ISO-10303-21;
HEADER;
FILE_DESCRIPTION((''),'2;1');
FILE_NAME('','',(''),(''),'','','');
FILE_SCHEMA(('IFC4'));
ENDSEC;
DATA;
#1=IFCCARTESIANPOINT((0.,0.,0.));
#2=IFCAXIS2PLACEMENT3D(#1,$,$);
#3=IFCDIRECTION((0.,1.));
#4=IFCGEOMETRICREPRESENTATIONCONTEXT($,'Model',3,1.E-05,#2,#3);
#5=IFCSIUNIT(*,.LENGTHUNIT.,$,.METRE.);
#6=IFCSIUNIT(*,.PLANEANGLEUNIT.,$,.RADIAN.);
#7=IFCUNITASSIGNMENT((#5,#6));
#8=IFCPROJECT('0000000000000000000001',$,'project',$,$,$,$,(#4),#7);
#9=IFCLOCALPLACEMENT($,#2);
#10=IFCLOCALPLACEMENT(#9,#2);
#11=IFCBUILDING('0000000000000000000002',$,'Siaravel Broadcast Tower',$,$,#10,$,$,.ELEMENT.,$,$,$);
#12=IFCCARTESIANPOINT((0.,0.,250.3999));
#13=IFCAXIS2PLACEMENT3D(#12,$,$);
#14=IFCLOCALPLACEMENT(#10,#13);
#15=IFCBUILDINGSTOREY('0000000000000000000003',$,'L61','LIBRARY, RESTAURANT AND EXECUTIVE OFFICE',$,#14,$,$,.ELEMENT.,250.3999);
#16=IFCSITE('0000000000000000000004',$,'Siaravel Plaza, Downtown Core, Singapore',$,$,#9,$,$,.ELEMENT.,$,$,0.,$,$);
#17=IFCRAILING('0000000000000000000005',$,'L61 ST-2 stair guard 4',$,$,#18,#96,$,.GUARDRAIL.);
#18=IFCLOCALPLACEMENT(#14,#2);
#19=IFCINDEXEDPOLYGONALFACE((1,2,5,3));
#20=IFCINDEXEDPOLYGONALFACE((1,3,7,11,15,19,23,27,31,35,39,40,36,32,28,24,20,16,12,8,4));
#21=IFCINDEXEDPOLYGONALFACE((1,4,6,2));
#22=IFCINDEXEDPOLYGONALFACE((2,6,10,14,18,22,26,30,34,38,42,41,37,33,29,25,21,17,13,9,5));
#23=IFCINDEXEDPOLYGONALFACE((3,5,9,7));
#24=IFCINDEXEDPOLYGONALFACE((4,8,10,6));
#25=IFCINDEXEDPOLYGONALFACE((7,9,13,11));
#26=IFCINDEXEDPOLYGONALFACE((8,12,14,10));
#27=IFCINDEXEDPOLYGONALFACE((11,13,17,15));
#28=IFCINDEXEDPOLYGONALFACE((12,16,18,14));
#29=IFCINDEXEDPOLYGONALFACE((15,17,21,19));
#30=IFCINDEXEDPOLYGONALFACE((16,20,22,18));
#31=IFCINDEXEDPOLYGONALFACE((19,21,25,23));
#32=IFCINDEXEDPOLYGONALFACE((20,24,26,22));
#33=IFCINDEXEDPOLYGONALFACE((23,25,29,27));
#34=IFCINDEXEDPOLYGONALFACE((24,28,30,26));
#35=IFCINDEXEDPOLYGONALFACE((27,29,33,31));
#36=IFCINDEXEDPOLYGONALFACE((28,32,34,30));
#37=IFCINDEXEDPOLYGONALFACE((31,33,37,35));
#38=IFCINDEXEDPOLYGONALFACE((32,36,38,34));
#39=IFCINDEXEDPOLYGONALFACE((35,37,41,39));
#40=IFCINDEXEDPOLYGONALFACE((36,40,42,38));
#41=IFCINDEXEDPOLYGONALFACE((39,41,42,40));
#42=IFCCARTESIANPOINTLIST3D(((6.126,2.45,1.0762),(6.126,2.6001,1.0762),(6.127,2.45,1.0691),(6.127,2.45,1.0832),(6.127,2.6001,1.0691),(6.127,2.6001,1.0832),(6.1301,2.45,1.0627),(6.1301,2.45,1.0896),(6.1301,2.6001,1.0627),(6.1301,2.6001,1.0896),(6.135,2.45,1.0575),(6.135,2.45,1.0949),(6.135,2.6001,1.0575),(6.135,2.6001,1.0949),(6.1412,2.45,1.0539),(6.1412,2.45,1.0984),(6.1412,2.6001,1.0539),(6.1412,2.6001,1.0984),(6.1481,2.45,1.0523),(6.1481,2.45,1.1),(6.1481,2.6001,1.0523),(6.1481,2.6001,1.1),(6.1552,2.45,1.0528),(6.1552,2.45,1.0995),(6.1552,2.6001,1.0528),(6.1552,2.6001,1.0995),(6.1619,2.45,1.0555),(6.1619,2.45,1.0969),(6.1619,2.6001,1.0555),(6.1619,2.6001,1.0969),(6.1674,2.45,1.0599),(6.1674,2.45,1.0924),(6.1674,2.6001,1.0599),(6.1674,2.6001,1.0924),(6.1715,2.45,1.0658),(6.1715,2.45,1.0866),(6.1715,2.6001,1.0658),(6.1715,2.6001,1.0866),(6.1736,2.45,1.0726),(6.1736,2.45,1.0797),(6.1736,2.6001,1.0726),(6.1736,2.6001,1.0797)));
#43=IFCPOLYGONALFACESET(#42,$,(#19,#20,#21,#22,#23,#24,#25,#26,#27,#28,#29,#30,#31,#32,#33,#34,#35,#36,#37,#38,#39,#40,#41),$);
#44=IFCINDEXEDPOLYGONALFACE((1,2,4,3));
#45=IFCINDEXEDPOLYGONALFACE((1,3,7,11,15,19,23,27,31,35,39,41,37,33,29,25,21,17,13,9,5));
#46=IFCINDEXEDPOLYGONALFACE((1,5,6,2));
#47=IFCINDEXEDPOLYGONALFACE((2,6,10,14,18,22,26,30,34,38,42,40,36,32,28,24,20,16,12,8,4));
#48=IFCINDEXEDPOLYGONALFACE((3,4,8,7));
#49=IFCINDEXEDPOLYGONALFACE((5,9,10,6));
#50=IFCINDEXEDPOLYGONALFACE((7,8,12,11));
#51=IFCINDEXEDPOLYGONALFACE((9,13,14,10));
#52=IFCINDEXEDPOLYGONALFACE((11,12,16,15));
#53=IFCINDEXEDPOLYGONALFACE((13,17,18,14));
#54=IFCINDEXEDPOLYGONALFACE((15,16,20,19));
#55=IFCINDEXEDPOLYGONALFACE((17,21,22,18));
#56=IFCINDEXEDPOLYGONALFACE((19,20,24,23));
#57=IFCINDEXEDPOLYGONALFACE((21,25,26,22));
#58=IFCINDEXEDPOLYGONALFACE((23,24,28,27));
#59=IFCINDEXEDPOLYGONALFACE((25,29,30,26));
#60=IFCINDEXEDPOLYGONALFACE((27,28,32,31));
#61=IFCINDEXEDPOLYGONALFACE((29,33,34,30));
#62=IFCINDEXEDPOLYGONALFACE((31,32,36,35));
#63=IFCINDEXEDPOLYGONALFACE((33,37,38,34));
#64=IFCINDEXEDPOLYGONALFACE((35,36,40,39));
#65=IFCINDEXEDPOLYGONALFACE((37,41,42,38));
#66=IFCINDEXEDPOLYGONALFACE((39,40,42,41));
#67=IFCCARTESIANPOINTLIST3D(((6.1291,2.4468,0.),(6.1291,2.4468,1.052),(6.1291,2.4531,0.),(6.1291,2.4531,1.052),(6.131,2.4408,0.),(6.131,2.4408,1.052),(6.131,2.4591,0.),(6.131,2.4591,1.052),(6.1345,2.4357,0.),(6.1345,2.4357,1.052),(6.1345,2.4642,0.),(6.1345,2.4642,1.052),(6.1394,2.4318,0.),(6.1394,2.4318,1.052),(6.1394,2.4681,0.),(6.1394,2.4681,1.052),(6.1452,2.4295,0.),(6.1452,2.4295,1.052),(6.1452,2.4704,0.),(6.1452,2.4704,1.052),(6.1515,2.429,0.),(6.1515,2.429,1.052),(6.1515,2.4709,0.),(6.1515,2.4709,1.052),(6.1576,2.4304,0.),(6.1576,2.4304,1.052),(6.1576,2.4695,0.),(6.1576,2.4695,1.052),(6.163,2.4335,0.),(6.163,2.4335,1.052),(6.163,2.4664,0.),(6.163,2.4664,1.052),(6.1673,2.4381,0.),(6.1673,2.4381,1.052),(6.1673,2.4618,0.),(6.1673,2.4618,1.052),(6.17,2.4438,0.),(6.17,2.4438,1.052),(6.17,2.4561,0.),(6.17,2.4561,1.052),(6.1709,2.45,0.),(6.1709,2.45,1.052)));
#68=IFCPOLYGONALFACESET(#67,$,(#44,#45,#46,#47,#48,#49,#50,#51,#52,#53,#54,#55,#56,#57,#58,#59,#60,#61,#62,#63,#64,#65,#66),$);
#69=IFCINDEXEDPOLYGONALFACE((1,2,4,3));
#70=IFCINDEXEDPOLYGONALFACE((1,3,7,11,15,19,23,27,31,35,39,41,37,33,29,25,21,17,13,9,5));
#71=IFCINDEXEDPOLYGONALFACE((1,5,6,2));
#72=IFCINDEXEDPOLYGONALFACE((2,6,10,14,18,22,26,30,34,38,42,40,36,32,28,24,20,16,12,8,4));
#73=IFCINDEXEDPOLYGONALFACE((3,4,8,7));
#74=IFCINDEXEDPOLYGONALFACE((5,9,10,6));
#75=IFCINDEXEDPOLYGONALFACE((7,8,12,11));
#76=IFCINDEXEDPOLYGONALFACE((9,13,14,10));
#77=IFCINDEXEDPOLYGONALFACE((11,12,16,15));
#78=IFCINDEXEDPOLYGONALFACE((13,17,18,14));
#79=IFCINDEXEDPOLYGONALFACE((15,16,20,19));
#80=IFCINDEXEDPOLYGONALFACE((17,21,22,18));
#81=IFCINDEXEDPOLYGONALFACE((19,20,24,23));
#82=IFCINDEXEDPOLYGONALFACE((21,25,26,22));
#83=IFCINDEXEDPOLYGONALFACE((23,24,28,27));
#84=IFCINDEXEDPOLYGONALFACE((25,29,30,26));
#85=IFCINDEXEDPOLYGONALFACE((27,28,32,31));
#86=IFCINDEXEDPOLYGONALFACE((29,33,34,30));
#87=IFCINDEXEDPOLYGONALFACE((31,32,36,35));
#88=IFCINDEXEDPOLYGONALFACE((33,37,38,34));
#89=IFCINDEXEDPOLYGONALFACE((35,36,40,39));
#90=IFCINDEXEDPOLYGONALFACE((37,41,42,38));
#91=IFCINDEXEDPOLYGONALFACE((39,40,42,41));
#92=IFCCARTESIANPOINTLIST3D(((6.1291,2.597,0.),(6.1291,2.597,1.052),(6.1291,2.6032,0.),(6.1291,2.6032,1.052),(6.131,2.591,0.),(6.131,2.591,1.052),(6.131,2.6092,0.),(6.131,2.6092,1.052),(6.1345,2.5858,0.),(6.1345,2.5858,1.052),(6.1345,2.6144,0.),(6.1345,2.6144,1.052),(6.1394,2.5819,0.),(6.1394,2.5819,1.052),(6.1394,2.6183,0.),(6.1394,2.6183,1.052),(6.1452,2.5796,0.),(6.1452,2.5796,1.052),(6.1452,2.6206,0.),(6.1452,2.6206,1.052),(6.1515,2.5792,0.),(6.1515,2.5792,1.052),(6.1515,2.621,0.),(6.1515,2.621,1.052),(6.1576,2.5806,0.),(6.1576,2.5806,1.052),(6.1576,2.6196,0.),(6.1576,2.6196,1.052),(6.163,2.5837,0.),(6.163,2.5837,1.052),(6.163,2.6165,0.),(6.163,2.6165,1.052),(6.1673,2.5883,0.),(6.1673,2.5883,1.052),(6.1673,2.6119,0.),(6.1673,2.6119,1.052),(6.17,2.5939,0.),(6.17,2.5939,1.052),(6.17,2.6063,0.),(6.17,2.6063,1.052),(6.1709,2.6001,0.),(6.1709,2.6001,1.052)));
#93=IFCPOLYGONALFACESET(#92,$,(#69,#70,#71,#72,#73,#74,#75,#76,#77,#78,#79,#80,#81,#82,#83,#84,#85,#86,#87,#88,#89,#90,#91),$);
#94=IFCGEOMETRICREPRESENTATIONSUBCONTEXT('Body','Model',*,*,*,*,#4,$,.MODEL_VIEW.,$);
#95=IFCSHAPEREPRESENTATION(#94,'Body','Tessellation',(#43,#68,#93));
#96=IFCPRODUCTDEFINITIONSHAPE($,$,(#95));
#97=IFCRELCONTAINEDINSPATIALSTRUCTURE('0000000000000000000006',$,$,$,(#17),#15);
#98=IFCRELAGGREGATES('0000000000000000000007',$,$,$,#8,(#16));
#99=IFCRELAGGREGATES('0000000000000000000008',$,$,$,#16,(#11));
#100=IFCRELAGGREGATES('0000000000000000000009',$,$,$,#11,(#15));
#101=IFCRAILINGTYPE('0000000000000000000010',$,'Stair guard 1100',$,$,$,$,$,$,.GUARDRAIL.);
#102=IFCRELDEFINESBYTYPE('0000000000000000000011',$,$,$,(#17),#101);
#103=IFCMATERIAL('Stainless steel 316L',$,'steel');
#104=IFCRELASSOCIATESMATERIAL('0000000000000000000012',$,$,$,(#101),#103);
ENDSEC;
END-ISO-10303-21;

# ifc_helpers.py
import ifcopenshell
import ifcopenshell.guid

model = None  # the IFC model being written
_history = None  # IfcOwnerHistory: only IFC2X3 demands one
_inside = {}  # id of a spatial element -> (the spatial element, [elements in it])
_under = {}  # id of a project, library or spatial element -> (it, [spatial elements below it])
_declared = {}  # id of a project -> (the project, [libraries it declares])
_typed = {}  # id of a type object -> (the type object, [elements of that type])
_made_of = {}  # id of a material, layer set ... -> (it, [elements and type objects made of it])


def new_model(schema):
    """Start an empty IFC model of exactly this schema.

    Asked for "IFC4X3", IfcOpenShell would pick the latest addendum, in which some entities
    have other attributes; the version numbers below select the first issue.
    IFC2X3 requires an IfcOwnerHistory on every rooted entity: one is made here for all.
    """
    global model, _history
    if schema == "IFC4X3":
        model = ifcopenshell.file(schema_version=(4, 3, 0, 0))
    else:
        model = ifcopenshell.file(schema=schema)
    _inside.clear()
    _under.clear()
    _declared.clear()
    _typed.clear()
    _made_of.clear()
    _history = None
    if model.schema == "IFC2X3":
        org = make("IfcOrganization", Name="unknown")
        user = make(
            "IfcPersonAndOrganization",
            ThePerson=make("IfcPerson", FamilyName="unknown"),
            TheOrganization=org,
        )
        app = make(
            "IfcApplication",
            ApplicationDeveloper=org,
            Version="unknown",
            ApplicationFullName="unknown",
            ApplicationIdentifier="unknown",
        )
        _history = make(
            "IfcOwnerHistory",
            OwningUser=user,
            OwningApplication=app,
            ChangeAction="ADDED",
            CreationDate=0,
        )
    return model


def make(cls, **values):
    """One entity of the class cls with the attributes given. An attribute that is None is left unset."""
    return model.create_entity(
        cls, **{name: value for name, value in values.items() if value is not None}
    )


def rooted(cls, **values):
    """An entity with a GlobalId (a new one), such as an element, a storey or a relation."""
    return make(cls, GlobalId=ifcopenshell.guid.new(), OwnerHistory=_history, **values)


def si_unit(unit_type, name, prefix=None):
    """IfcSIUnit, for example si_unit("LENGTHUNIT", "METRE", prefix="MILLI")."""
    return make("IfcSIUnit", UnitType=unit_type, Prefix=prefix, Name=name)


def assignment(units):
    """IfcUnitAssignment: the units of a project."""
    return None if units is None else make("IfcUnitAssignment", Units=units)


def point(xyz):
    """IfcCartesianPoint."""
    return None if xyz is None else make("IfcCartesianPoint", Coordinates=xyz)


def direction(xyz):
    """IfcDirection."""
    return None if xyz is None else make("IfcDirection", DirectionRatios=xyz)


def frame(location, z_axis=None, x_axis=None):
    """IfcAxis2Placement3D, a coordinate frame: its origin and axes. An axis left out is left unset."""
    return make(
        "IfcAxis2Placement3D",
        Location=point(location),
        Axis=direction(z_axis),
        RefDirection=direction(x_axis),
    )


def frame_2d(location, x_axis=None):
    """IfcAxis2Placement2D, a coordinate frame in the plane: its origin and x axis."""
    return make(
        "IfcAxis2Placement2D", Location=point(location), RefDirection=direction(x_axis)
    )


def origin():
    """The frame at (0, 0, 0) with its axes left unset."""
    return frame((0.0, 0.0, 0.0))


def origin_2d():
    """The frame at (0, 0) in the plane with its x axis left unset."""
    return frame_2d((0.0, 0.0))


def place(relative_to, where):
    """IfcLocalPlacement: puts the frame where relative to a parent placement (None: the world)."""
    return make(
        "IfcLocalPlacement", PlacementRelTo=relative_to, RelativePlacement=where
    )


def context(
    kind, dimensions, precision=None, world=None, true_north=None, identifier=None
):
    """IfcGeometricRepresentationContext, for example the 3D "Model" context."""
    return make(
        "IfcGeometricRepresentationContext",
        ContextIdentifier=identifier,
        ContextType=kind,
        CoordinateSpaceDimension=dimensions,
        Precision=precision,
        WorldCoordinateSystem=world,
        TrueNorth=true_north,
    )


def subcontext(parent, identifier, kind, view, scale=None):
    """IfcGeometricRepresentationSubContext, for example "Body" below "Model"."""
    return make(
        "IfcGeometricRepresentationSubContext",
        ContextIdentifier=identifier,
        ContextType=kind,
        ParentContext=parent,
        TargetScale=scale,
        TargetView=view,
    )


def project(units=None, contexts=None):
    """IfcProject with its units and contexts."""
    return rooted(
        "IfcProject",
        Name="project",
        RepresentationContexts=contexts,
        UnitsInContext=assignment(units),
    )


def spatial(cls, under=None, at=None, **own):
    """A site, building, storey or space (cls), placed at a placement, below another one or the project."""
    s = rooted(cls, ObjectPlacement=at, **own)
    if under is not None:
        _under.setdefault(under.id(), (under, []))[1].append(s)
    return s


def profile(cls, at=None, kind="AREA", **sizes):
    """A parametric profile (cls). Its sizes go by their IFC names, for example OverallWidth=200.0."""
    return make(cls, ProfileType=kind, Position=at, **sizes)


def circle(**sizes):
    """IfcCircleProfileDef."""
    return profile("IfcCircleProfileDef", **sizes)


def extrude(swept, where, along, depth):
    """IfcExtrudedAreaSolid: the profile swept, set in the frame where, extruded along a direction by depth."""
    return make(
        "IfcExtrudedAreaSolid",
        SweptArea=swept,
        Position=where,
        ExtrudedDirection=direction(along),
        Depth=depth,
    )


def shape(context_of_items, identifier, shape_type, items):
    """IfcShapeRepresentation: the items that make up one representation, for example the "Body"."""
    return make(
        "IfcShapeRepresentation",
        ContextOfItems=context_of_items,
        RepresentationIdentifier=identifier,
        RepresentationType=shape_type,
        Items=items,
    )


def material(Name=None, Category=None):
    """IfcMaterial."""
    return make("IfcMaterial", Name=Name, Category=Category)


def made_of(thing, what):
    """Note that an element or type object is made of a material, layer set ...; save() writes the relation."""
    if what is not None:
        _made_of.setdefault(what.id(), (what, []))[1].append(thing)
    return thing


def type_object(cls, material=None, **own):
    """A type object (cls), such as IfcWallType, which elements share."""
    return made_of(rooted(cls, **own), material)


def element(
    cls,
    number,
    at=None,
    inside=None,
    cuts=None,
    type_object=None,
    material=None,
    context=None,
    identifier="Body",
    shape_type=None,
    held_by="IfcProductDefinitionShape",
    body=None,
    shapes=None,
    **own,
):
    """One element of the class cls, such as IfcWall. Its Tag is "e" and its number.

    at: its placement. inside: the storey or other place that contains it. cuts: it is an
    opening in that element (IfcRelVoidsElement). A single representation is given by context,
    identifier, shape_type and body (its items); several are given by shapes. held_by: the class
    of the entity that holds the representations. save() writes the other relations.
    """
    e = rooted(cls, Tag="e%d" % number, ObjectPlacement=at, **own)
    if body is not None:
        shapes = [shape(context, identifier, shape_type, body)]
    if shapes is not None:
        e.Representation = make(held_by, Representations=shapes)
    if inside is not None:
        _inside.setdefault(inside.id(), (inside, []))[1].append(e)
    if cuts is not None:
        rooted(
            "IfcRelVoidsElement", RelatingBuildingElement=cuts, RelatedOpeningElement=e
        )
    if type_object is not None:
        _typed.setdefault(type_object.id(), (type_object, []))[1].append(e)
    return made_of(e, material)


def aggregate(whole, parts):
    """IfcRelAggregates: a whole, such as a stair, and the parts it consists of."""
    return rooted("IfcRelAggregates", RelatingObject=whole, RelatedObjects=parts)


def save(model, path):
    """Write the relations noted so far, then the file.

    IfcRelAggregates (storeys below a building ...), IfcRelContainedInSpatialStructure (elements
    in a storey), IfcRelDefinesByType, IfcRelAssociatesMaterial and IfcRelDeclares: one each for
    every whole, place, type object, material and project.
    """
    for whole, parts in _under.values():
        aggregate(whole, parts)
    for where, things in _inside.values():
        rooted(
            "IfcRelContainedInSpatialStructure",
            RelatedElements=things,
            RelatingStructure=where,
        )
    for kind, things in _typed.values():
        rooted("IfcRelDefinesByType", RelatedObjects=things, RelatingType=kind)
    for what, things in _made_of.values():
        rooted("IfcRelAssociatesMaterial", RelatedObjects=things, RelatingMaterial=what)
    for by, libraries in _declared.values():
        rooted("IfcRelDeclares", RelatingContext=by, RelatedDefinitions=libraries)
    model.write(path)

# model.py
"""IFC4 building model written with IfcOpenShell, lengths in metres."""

from ifc_helpers import new_model, si_unit, direction, frame, origin, origin_2d, place, context, subcontext, project, spatial, circle, extrude, material, type_object, element, save


model = new_model("IFC4")

# Units and contexts
model_context = context("Model", 3, precision=1e-05, world=origin(), true_north=direction((0.0, 1.0)))
body_context = subcontext(model_context, "Body", "Model", "MODEL_VIEW")
ifc_project = project(units=[si_unit("LENGTHUNIT", "METRE"), si_unit("PLANEANGLEUNIT", "RADIAN")], contexts=[model_context])

# Site, building, storey
site_placement = place(None, origin())
site = spatial("IfcSite", under=ifc_project, at=site_placement, Name="Siaravel Plaza, Downtown Core, Singapore", CompositionType="ELEMENT", RefElevation=0.0)
building_placement = place(site_placement, origin())
building = spatial("IfcBuilding", under=site, at=building_placement, Name="Siaravel Broadcast Tower", CompositionType="ELEMENT")
storey_placement = place(building_placement, frame((0.0, 0.0, 250.3999)))
storey = spatial("IfcBuildingStorey", under=building, at=storey_placement, Name="L61", Description="LIBRARY, RESTAURANT AND EXECUTIVE OFFICE", CompositionType="ELEMENT", Elevation=250.3999)

# Railing
ifc_material_1 = material(Name="Stainless steel 316L", Category="steel")
railing_type_1 = type_object("IfcRailingType", Name="Stair guard 1100", PredefinedType="GUARDRAIL", material=ifc_material_1)
railing_1_placement = place(storey_placement, frame((6.1499, 2.45, 0.0)))
element("IfcRailing", 1, at=railing_1_placement, inside=storey, type_object=railing_type_1, Name="L61 ST-2 stair guard 4", PredefinedType="GUARDRAIL", context=body_context, shape_type="SweptSolid", body=[
    extrude(circle(Radius=0.0239, at=origin_2d()), frame((0.0, 0.0, 1.0762), z_axis=(0.0, 1.0, 0.0), x_axis=(-1.0, 0.0, 0.0)), (0.0, 0.0, 1.0), 0.1501),
    extrude(circle(Radius=0.021, at=origin_2d()), origin(), (0.0, 0.0, 1.0), 1.052),
    extrude(circle(Radius=0.021, at=origin_2d()), frame((0.0, 0.1501, 0.0)), (0.0, 0.0, 1.0), 1.052),
])

save(model, "model.ifc")
